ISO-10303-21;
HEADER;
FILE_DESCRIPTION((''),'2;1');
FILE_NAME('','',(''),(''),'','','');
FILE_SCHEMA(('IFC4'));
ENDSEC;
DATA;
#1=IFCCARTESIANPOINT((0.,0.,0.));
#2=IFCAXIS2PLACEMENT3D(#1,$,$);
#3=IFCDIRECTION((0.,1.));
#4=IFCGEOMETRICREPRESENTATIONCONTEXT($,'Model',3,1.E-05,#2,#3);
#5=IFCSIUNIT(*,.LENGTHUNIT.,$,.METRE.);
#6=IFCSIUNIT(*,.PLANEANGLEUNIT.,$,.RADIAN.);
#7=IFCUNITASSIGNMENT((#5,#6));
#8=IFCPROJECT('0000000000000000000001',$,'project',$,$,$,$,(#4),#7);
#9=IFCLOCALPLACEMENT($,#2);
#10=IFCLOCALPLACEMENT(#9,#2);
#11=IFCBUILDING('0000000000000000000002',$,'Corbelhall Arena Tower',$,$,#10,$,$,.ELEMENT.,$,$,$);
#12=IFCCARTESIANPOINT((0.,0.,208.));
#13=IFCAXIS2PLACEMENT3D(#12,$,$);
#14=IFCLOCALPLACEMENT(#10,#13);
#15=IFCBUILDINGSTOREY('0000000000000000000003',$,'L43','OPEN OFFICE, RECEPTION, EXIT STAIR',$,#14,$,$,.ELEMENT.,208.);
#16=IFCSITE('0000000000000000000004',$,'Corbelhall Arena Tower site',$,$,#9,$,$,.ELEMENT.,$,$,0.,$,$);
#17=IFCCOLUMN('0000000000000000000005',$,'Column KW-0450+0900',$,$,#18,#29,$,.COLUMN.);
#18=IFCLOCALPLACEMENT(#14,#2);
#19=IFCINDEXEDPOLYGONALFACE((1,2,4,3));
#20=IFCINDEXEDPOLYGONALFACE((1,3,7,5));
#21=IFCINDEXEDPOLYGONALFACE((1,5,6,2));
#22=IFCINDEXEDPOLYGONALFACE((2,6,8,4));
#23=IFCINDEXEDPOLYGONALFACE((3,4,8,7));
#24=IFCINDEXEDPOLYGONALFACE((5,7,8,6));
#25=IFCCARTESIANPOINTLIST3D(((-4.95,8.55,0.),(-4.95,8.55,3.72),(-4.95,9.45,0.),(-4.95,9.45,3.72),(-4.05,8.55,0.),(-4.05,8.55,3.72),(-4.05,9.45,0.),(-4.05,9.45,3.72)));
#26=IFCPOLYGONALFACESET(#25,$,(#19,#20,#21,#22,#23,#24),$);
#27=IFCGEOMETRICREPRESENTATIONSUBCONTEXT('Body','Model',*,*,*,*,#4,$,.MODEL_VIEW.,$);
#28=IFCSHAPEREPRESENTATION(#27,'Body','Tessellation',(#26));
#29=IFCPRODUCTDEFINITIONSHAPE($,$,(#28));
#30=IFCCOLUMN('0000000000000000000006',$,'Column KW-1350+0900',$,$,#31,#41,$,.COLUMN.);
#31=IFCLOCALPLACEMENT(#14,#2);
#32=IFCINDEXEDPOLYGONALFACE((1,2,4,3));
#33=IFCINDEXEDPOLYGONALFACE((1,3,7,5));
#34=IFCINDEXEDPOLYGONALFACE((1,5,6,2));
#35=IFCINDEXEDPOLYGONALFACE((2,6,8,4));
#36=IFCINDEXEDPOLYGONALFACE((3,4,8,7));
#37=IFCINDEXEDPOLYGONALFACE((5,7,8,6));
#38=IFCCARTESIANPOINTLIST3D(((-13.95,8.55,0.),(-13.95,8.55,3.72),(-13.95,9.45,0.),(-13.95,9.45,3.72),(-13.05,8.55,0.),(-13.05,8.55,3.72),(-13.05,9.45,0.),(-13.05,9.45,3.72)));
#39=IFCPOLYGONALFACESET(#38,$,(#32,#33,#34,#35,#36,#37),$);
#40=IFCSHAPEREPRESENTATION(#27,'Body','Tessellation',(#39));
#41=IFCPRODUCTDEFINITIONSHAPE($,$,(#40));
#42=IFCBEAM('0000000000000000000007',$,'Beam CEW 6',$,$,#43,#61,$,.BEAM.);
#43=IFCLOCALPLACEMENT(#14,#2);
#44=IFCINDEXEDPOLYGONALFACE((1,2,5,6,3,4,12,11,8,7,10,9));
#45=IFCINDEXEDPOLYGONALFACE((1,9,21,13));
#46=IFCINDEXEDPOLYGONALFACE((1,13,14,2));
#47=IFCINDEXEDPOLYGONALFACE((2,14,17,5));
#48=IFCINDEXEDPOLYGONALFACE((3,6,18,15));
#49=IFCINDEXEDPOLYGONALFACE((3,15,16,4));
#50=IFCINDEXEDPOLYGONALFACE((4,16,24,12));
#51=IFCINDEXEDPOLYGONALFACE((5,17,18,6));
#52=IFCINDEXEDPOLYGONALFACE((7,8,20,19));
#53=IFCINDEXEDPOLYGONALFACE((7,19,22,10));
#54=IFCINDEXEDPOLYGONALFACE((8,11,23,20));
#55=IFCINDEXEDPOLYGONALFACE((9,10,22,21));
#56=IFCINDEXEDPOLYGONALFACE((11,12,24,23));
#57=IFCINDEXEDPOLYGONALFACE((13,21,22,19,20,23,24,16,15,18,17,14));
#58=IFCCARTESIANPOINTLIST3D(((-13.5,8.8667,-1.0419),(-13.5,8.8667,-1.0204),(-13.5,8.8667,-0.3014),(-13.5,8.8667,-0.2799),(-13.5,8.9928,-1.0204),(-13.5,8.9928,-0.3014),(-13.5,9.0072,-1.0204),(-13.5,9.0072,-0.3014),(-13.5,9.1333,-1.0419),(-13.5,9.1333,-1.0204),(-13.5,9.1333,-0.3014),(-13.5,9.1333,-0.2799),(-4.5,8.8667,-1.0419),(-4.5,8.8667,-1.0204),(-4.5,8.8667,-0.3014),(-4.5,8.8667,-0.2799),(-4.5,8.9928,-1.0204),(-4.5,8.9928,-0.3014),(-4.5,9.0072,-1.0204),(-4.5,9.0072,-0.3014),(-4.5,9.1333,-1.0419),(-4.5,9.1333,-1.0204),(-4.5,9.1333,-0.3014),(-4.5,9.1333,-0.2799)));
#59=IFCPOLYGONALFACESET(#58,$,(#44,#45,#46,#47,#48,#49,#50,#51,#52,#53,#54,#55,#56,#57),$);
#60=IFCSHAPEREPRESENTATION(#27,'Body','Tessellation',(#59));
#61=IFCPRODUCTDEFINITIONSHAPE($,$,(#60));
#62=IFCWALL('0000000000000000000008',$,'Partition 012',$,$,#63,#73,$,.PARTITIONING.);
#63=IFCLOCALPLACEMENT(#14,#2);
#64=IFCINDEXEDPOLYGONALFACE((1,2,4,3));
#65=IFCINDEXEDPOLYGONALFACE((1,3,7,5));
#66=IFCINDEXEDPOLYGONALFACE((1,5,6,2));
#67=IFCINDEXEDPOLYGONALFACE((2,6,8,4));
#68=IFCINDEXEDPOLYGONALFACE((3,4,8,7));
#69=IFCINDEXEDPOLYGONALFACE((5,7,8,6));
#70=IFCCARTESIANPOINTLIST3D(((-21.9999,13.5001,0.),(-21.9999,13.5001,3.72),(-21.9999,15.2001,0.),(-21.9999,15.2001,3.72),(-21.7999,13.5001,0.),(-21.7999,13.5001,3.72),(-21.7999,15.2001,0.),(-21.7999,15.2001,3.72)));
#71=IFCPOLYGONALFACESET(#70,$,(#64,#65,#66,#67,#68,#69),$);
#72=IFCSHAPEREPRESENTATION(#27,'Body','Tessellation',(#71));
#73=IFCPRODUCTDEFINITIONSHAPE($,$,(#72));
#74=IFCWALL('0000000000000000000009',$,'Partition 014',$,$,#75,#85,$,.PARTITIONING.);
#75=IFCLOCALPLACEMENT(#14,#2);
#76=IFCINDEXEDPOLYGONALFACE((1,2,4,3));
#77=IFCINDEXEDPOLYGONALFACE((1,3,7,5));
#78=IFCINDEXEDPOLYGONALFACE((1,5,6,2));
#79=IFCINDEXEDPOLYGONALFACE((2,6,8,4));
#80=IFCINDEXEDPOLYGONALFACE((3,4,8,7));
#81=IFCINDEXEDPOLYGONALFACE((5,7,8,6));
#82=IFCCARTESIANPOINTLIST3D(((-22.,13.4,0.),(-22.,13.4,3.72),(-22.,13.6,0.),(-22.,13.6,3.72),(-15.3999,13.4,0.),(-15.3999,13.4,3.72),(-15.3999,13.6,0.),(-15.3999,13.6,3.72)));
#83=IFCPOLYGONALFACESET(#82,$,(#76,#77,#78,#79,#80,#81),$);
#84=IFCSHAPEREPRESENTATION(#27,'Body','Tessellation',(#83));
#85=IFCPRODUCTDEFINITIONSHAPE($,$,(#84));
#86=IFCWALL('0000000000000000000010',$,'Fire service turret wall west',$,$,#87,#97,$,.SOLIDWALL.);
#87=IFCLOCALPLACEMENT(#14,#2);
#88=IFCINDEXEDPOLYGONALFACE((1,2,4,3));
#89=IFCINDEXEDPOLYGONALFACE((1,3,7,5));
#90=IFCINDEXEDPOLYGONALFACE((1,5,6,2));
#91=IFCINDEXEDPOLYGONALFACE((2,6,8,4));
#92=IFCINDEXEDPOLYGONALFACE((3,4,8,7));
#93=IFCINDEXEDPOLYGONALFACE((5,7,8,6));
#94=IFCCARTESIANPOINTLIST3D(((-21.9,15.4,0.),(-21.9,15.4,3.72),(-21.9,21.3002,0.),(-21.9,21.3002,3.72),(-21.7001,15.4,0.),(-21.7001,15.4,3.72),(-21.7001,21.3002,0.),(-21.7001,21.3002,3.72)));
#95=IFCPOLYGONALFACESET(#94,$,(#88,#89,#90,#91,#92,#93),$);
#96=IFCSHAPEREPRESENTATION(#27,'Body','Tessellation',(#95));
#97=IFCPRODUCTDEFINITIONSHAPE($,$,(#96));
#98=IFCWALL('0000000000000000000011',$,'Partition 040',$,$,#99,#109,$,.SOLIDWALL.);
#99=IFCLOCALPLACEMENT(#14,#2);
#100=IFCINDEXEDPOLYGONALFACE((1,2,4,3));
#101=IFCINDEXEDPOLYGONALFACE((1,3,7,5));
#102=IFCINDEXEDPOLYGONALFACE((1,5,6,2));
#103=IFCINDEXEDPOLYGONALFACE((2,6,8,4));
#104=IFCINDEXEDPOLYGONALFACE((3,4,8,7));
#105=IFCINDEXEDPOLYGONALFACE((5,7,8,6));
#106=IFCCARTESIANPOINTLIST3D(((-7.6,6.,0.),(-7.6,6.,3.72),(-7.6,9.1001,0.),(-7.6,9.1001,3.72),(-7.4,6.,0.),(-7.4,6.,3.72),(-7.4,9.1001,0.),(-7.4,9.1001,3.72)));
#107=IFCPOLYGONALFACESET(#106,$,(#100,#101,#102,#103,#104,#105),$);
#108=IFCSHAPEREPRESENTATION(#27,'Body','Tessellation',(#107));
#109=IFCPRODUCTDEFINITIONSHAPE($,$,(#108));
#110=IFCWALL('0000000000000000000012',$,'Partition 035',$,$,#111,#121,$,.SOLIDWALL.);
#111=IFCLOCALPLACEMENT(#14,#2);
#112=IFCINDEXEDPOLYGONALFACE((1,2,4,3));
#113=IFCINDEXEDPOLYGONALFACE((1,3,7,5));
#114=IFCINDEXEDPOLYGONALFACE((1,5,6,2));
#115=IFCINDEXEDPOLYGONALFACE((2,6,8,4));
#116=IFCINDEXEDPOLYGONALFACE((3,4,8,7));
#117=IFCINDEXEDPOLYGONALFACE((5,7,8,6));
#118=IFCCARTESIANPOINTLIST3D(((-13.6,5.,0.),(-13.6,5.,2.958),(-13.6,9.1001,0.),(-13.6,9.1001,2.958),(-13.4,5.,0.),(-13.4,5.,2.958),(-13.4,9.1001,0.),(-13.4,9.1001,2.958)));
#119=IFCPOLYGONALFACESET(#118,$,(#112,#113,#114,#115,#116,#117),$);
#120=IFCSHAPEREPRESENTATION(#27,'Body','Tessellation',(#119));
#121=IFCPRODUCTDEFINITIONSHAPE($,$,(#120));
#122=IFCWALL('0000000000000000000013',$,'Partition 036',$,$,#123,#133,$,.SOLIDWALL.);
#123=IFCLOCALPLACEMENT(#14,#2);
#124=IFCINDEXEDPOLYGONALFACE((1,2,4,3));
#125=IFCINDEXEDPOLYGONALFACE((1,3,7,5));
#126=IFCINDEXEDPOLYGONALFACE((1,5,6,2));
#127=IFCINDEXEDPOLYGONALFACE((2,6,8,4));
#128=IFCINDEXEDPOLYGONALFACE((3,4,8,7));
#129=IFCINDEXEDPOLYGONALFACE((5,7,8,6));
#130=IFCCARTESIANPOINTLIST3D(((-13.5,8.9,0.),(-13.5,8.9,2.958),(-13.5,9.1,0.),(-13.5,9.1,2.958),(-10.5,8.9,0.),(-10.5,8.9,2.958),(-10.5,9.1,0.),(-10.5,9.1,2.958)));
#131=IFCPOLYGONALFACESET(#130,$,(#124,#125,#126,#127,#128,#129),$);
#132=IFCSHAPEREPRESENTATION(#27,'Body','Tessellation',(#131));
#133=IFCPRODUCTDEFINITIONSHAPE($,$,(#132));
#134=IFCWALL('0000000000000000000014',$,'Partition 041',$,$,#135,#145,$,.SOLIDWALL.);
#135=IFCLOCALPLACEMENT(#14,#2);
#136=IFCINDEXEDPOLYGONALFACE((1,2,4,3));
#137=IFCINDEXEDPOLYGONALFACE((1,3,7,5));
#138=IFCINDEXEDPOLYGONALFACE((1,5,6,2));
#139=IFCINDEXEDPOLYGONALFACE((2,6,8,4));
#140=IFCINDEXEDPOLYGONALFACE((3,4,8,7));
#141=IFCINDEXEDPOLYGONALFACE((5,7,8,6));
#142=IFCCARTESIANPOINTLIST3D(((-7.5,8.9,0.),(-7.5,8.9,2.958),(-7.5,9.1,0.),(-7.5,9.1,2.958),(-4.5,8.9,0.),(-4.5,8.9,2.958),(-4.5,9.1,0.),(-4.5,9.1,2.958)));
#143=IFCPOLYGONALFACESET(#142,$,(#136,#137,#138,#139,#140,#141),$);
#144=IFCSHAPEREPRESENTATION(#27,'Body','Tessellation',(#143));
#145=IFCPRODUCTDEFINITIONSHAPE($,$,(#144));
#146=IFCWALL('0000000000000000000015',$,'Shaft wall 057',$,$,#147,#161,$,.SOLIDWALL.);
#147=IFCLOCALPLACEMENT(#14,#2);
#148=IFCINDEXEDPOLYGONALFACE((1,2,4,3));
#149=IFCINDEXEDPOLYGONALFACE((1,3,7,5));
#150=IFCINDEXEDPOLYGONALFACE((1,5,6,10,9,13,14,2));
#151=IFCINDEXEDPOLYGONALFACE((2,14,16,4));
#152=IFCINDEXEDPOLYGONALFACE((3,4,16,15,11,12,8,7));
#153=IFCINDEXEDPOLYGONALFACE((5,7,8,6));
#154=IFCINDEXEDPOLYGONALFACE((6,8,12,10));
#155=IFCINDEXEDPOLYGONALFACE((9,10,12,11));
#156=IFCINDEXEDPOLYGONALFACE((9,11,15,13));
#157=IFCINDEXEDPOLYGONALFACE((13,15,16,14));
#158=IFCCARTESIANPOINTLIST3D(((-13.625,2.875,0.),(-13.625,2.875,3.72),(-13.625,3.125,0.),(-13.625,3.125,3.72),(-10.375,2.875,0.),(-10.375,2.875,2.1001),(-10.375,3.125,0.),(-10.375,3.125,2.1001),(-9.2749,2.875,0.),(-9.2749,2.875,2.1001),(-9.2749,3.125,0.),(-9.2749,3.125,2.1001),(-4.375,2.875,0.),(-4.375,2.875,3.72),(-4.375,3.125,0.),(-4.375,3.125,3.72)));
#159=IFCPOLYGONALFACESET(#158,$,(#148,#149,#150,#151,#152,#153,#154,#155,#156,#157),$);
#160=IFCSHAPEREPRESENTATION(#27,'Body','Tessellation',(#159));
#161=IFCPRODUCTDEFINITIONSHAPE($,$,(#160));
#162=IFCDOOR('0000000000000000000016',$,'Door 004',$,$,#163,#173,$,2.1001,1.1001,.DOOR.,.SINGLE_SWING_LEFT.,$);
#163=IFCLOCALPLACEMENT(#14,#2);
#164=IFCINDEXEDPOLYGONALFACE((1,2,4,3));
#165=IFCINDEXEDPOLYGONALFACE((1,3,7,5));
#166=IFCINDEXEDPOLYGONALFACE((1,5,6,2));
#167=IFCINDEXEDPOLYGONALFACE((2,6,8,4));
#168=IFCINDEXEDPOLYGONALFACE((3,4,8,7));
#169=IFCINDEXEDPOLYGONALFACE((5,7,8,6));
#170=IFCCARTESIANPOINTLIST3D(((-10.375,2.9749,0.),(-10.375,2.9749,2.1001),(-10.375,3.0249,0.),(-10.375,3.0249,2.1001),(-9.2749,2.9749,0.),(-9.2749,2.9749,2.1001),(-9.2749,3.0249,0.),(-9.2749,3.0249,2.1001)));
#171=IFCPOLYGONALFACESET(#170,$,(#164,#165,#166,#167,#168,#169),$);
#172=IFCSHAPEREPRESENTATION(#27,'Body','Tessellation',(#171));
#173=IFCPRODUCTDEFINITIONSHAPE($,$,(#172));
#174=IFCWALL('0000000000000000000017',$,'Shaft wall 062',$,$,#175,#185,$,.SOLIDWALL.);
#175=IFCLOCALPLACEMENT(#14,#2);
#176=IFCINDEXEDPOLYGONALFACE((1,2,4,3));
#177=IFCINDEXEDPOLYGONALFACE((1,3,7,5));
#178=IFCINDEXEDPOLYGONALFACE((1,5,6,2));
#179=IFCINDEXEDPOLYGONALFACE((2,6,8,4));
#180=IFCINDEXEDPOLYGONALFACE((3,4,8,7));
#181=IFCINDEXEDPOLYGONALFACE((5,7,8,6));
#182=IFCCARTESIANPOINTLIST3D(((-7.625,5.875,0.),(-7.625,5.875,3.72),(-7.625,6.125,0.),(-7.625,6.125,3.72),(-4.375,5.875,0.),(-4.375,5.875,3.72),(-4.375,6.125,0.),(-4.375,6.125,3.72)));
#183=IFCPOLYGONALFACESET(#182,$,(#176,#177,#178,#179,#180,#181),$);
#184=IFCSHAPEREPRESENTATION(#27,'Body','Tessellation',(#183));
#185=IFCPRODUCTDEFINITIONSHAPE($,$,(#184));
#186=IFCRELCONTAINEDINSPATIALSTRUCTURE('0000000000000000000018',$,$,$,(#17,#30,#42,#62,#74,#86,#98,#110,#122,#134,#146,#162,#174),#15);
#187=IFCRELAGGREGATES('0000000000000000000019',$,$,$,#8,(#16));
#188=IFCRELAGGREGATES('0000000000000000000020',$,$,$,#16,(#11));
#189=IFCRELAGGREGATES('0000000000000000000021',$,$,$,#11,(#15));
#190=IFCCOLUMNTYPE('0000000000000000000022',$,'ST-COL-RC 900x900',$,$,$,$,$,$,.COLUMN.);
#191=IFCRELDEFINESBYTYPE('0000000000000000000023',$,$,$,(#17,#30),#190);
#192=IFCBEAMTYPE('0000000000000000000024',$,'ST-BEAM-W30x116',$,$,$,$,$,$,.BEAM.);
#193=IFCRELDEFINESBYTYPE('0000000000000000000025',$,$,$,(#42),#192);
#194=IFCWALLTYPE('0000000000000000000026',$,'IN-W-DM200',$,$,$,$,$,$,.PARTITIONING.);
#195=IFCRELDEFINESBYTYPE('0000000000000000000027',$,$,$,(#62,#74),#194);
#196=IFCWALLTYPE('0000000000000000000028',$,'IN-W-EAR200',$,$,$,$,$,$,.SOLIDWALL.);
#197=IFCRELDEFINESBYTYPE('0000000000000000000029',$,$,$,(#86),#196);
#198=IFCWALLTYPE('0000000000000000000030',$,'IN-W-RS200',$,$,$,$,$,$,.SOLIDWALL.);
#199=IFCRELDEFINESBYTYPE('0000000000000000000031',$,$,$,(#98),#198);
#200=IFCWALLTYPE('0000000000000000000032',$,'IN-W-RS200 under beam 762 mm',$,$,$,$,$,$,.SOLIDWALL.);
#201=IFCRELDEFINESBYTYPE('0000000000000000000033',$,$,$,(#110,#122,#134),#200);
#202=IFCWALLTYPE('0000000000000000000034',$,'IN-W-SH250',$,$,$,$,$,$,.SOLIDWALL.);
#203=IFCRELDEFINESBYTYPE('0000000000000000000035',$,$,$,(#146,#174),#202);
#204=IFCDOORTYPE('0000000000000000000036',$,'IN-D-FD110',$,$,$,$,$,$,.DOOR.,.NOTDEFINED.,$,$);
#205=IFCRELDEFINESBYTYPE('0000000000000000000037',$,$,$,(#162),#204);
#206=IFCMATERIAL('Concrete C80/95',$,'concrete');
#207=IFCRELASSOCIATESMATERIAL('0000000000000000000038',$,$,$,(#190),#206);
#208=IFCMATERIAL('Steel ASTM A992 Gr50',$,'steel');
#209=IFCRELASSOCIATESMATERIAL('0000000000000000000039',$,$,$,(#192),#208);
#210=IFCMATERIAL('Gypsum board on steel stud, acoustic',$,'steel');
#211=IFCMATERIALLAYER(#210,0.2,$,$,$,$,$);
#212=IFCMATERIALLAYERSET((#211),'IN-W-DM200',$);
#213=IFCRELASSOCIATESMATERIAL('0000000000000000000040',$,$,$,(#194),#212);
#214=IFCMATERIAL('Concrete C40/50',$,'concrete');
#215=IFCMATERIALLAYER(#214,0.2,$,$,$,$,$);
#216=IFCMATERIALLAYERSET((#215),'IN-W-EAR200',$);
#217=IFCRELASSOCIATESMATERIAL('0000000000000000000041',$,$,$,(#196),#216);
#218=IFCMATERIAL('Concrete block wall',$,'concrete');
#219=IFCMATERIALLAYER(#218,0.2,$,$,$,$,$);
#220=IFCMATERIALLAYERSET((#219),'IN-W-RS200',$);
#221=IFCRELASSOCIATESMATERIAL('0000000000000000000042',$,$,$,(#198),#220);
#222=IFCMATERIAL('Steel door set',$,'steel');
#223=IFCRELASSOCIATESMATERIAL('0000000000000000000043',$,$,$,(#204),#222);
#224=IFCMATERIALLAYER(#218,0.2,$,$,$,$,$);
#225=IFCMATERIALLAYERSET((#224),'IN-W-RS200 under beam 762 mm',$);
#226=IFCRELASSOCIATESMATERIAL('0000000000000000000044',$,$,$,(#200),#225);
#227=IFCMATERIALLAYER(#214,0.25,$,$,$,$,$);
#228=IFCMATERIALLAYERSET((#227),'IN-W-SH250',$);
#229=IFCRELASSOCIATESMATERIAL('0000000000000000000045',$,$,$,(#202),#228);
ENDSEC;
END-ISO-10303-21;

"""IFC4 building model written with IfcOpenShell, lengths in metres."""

from ifc_helpers import new_model, si_unit, direction, frame, frame_2d, origin, origin_2d, place, context, subcontext, project, spatial, rectangle, i_section, extrude, material, layer, layer_set, material_profile, profile_set, type_object, element, fill, save


model = new_model("IFC4")

# Units and contexts
model_context = context("Model", 3, precision=1e-05, world=origin(), true_north=direction((0.0, 1.0)))
body_context = subcontext(model_context, "Body", "Model", "MODEL_VIEW")
ifc_project = project(units=[si_unit("LENGTHUNIT", "METRE"), si_unit("PLANEANGLEUNIT", "RADIAN")], contexts=[model_context])

# Site, building, storey
site_placement = place(None, origin())
site = spatial("IfcSite", under=ifc_project, at=site_placement, Name="Corbelhall Arena Tower site", CompositionType="ELEMENT", RefElevation=0.0)
building_placement = place(site_placement, origin())
building = spatial("IfcBuilding", under=site, at=building_placement, Name="Corbelhall Arena Tower", CompositionType="ELEMENT")
storey_placement = place(building_placement, frame((0.0, 0.0, 208.0)))
storey = spatial("IfcBuildingStorey", under=building, at=storey_placement, Name="L43", Description="OPEN OFFICE, RECEPTION, EXIT STAIR", CompositionType="ELEMENT", Elevation=208.0)

# Columns
ifc_material_1 = material(Name="Concrete C80/95", Category="concrete")
ifc_material_profile_1 = material_profile(ifc_material_1, rectangle(XDim=0.8999, YDim=0.8999, at=origin_2d()))
ifc_profile_set_1 = profile_set([ifc_material_profile_1], Name="Concrete C80/95")
column_type = type_object("IfcColumnType", Name="ST-COL-RC 900x900", PredefinedType="COLUMN", material=ifc_profile_set_1)
for number, where, z_axis, x_axis, name in (
    (1, (-4.5, 9.0, 0.0), (0.0, 0.0, 1.0), (1.0, 0.0, 0.0), "Column KW-0450+0900"),
    (2, (-13.5, 9.0, 0.0), (0.0, 0.0, 1.0), (1.0, 0.0, 0.0), "Column KW-1350+0900"),
):
    element("IfcColumn", number, at=place(storey_placement, frame(where, z_axis=z_axis, x_axis=x_axis)), inside=storey, type_object=column_type, Name=name, PredefinedType="COLUMN", context=body_context, shape_type="SweptSolid", body=[
        extrude(rectangle(XDim=0.8999, YDim=0.8999, at=origin_2d()), origin(), (0.0, 0.0, 1.0), 3.72),
    ])

# Beam
ifc_material_2 = material(Name="Steel ASTM A992 Gr50", Category="steel")
ifc_material_profile_2 = material_profile(ifc_material_2, i_section(OverallWidth=0.2666, OverallDepth=0.762, WebThickness=0.0144, FlangeThickness=0.0215, at=origin_2d()))
ifc_profile_set_2 = profile_set([ifc_material_profile_2], Name="Steel ASTM A992 Gr50")
beam_type = type_object("IfcBeamType", Name="ST-BEAM-W30x116", PredefinedType="BEAM", material=ifc_profile_set_2)
beam_placement = place(storey_placement, frame((-13.5, 9.0, -0.6609), z_axis=(1.0, 0.0, 0.0), x_axis=(0.0, 1.0, 0.0)))
element("IfcBeam", 3, at=beam_placement, inside=storey, type_object=beam_type, Name="Beam CEW 6", PredefinedType="BEAM", context=body_context, shape_type="SweptSolid", body=[
    extrude(i_section(OverallWidth=0.2666, OverallDepth=0.762, WebThickness=0.0144, FlangeThickness=0.0215, at=origin_2d()), origin(), (0.0, 0.0, 1.0), 9.0),
])

# Shared definitions
ifc_material_3 = material(Name="Gypsum board on steel stud, acoustic", Category="steel")
ifc_layer_1 = layer(ifc_material_3, 0.2)
ifc_layer_set_1 = layer_set([ifc_layer_1], Name="IN-W-DM200")
wall_type_1 = type_object("IfcWallType", Name="IN-W-DM200", PredefinedType="PARTITIONING", material=ifc_layer_set_1)
ifc_material_4 = material(Name="Steel door set", Category="steel")

# Wall
wall_1_placement = place(storey_placement, frame((-21.8999, 13.5, 0.0), z_axis=(0.0, 0.0, 1.0), x_axis=(0.0, 1.0, 0.0)))
element("IfcWall", 4, at=wall_1_placement, inside=storey, type_object=wall_type_1, Name="Partition 012", PredefinedType="PARTITIONING", context=body_context, shape_type="SweptSolid", body=[
    extrude(rectangle(XDim=1.7, YDim=0.2, at=frame_2d((0.8501, 0.0))), origin(), (0.0, 0.0, 1.0), 3.72),
])

# Wall
wall_2_placement = place(storey_placement, frame((-15.3999, 13.5, 0.0), z_axis=(0.0, 0.0, 1.0), x_axis=(-1.0, 0.0, 0.0)))
element("IfcWall", 5, at=wall_2_placement, inside=storey, type_object=wall_type_1, Name="Partition 014", PredefinedType="PARTITIONING", context=body_context, shape_type="SweptSolid", body=[
    extrude(rectangle(XDim=6.6001, YDim=0.2, at=frame_2d((3.3, 0.0))), origin(), (0.0, 0.0, 1.0), 3.72),
])

# Shared definitions
ifc_material_5 = material(Name="Concrete C40/50", Category="concrete")
ifc_layer_2 = layer(ifc_material_5, 0.2)
ifc_layer_set_2 = layer_set([ifc_layer_2], Name="IN-W-EAR200")
wall_type_2 = type_object("IfcWallType", Name="IN-W-EAR200", PredefinedType="SOLIDWALL", material=ifc_layer_set_2)

# Wall
wall_3_placement = place(storey_placement, frame((-21.8, 15.3999, 0.0), z_axis=(0.0, 0.0, 1.0), x_axis=(0.0, 1.0, 0.0)))
element("IfcWall", 6, at=wall_3_placement, inside=storey, type_object=wall_type_2, Name="Fire service turret wall west", PredefinedType="SOLIDWALL", context=body_context, shape_type="SweptSolid", body=[
    extrude(rectangle(XDim=5.9001, YDim=0.2, at=frame_2d((2.9502, 0.0))), origin(), (0.0, 0.0, 1.0), 3.72),
])

# Shared definitions
ifc_material_6 = material(Name="Concrete block wall", Category="concrete")
ifc_layer_3 = layer(ifc_material_6, 0.2)
ifc_layer_set_3 = layer_set([ifc_layer_3], Name="IN-W-RS200")
wall_type_3 = type_object("IfcWallType", Name="IN-W-RS200", PredefinedType="SOLIDWALL", material=ifc_layer_set_3)
door_type_1 = type_object("IfcDoorType", Name="IN-D-FD110", OperationType="NOTDEFINED", PredefinedType="DOOR", material=ifc_material_4)

# Walls
wall_4_placement = place(storey_placement, frame((-7.5, 6.0, 0.0), z_axis=(0.0, 0.0, 1.0), x_axis=(0.0, 1.0, 0.0)))
element("IfcWall", 7, at=wall_4_placement, inside=storey, type_object=wall_type_3, Name="Partition 040", PredefinedType="SOLIDWALL", context=body_context, shape_type="SweptSolid", body=[
    extrude(rectangle(XDim=3.1001, YDim=0.2, at=frame_2d((1.55, 0.0))), origin(), (0.0, 0.0, 1.0), 3.72),
])
ifc_layer_4 = layer(ifc_material_6, 0.2)
ifc_layer_set_4 = layer_set([ifc_layer_4], Name="IN-W-RS200 under beam 762 mm")
wall_type_4 = type_object("IfcWallType", Name="IN-W-RS200 under beam 762 mm", PredefinedType="SOLIDWALL", material=ifc_layer_set_4)
wall_5_placement = place(storey_placement, frame((-13.5, 5.0, 0.0), z_axis=(0.0, 0.0, 1.0), x_axis=(0.0, 1.0, 0.0)))
element("IfcWall", 8, at=wall_5_placement, inside=storey, type_object=wall_type_4, Name="Partition 035", PredefinedType="SOLIDWALL", context=body_context, shape_type="SweptSolid", body=[
    extrude(rectangle(XDim=4.1001, YDim=0.2, at=frame_2d((2.05, 0.0))), origin(), (0.0, 0.0, 1.0), 2.958),
])
for number, where, z_axis, x_axis, name in (
    (9, (-13.5, 9.0, 0.0), (0.0, 0.0, 1.0), (1.0, 0.0, 0.0), "Partition 036"),
    (10, (-7.5, 9.0, 0.0), (0.0, 0.0, 1.0), (1.0, 0.0, 0.0), "Partition 041"),
):
    element("IfcWall", number, at=place(storey_placement, frame(where, z_axis=z_axis, x_axis=x_axis)), inside=storey, type_object=wall_type_4, Name=name, PredefinedType="SOLIDWALL", context=body_context, shape_type="SweptSolid", body=[
        extrude(rectangle(XDim=3.0, YDim=0.2, at=frame_2d((1.5, 0.0))), origin(), (0.0, 0.0, 1.0), 2.958),
    ])

# Wall, opening, door
ifc_layer_5 = layer(ifc_material_5, 0.25)
ifc_layer_set_5 = layer_set([ifc_layer_5], Name="IN-W-SH250")
wall_type_5 = type_object("IfcWallType", Name="IN-W-SH250", PredefinedType="SOLIDWALL", material=ifc_layer_set_5)
wall_6_placement = place(storey_placement, frame((-13.625, 3.0, 0.0), z_axis=(0.0, 0.0, 1.0), x_axis=(1.0, 0.0, 0.0)))
wall_6 = element("IfcWall", 11, at=wall_6_placement, inside=storey, type_object=wall_type_5, Name="Shaft wall 057", PredefinedType="SOLIDWALL", context=body_context, shape_type="SweptSolid", body=[
    extrude(rectangle(XDim=9.25, YDim=0.25, at=frame_2d((4.625, 0.0))), origin(), (0.0, 0.0, 1.0), 3.72),
])
opening_1_placement = place(wall_6_placement, frame((3.25, 0.0, 0.0)))
opening_1 = element("IfcOpeningElement", 12, at=opening_1_placement, cuts=wall_6, PredefinedType="OPENING", context=body_context, shape_type="SweptSolid", body=[
    extrude(rectangle(XDim=1.1001, YDim=2.1001, at=frame_2d((0.55, 1.05))), frame((0.0, 0.125, 0.0), z_axis=(0.0, -1.0, 0.0), x_axis=(1.0, 0.0, 0.0)), (0.0, 0.0, 1.0), 0.25),
])
door_1_placement = place(opening_1_placement, origin())
door_1 = element("IfcDoor", 13, at=door_1_placement, inside=storey, type_object=door_type_1, Name="Door 004", OperationType="SINGLE_SWING_LEFT", OverallHeight=2.1001, OverallWidth=1.1001, PredefinedType="DOOR", context=body_context, shape_type="SweptSolid", body=[
    extrude(rectangle(XDim=1.1001, YDim=2.1001, at=frame_2d((0.55, 1.05))), frame((0.0, 0.0249, 0.0), z_axis=(0.0, -1.0, 0.0), x_axis=(1.0, 0.0, 0.0)), (0.0, 0.0, 1.0), 0.05),
])
fill(opening_1, door_1)

# Wall
wall_7_placement = place(storey_placement, frame((-7.625, 6.0, 0.0), z_axis=(0.0, 0.0, 1.0), x_axis=(1.0, 0.0, 0.0)))
element("IfcWall", 14, at=wall_7_placement, inside=storey, type_object=wall_type_5, Name="Shaft wall 062", PredefinedType="SOLIDWALL", context=body_context, shape_type="SweptSolid", body=[
    extrude(rectangle(XDim=3.25, YDim=0.25, at=frame_2d((1.625, 0.0))), origin(), (0.0, 0.0, 1.0), 3.72),
])

save(model, "model.ifc")
